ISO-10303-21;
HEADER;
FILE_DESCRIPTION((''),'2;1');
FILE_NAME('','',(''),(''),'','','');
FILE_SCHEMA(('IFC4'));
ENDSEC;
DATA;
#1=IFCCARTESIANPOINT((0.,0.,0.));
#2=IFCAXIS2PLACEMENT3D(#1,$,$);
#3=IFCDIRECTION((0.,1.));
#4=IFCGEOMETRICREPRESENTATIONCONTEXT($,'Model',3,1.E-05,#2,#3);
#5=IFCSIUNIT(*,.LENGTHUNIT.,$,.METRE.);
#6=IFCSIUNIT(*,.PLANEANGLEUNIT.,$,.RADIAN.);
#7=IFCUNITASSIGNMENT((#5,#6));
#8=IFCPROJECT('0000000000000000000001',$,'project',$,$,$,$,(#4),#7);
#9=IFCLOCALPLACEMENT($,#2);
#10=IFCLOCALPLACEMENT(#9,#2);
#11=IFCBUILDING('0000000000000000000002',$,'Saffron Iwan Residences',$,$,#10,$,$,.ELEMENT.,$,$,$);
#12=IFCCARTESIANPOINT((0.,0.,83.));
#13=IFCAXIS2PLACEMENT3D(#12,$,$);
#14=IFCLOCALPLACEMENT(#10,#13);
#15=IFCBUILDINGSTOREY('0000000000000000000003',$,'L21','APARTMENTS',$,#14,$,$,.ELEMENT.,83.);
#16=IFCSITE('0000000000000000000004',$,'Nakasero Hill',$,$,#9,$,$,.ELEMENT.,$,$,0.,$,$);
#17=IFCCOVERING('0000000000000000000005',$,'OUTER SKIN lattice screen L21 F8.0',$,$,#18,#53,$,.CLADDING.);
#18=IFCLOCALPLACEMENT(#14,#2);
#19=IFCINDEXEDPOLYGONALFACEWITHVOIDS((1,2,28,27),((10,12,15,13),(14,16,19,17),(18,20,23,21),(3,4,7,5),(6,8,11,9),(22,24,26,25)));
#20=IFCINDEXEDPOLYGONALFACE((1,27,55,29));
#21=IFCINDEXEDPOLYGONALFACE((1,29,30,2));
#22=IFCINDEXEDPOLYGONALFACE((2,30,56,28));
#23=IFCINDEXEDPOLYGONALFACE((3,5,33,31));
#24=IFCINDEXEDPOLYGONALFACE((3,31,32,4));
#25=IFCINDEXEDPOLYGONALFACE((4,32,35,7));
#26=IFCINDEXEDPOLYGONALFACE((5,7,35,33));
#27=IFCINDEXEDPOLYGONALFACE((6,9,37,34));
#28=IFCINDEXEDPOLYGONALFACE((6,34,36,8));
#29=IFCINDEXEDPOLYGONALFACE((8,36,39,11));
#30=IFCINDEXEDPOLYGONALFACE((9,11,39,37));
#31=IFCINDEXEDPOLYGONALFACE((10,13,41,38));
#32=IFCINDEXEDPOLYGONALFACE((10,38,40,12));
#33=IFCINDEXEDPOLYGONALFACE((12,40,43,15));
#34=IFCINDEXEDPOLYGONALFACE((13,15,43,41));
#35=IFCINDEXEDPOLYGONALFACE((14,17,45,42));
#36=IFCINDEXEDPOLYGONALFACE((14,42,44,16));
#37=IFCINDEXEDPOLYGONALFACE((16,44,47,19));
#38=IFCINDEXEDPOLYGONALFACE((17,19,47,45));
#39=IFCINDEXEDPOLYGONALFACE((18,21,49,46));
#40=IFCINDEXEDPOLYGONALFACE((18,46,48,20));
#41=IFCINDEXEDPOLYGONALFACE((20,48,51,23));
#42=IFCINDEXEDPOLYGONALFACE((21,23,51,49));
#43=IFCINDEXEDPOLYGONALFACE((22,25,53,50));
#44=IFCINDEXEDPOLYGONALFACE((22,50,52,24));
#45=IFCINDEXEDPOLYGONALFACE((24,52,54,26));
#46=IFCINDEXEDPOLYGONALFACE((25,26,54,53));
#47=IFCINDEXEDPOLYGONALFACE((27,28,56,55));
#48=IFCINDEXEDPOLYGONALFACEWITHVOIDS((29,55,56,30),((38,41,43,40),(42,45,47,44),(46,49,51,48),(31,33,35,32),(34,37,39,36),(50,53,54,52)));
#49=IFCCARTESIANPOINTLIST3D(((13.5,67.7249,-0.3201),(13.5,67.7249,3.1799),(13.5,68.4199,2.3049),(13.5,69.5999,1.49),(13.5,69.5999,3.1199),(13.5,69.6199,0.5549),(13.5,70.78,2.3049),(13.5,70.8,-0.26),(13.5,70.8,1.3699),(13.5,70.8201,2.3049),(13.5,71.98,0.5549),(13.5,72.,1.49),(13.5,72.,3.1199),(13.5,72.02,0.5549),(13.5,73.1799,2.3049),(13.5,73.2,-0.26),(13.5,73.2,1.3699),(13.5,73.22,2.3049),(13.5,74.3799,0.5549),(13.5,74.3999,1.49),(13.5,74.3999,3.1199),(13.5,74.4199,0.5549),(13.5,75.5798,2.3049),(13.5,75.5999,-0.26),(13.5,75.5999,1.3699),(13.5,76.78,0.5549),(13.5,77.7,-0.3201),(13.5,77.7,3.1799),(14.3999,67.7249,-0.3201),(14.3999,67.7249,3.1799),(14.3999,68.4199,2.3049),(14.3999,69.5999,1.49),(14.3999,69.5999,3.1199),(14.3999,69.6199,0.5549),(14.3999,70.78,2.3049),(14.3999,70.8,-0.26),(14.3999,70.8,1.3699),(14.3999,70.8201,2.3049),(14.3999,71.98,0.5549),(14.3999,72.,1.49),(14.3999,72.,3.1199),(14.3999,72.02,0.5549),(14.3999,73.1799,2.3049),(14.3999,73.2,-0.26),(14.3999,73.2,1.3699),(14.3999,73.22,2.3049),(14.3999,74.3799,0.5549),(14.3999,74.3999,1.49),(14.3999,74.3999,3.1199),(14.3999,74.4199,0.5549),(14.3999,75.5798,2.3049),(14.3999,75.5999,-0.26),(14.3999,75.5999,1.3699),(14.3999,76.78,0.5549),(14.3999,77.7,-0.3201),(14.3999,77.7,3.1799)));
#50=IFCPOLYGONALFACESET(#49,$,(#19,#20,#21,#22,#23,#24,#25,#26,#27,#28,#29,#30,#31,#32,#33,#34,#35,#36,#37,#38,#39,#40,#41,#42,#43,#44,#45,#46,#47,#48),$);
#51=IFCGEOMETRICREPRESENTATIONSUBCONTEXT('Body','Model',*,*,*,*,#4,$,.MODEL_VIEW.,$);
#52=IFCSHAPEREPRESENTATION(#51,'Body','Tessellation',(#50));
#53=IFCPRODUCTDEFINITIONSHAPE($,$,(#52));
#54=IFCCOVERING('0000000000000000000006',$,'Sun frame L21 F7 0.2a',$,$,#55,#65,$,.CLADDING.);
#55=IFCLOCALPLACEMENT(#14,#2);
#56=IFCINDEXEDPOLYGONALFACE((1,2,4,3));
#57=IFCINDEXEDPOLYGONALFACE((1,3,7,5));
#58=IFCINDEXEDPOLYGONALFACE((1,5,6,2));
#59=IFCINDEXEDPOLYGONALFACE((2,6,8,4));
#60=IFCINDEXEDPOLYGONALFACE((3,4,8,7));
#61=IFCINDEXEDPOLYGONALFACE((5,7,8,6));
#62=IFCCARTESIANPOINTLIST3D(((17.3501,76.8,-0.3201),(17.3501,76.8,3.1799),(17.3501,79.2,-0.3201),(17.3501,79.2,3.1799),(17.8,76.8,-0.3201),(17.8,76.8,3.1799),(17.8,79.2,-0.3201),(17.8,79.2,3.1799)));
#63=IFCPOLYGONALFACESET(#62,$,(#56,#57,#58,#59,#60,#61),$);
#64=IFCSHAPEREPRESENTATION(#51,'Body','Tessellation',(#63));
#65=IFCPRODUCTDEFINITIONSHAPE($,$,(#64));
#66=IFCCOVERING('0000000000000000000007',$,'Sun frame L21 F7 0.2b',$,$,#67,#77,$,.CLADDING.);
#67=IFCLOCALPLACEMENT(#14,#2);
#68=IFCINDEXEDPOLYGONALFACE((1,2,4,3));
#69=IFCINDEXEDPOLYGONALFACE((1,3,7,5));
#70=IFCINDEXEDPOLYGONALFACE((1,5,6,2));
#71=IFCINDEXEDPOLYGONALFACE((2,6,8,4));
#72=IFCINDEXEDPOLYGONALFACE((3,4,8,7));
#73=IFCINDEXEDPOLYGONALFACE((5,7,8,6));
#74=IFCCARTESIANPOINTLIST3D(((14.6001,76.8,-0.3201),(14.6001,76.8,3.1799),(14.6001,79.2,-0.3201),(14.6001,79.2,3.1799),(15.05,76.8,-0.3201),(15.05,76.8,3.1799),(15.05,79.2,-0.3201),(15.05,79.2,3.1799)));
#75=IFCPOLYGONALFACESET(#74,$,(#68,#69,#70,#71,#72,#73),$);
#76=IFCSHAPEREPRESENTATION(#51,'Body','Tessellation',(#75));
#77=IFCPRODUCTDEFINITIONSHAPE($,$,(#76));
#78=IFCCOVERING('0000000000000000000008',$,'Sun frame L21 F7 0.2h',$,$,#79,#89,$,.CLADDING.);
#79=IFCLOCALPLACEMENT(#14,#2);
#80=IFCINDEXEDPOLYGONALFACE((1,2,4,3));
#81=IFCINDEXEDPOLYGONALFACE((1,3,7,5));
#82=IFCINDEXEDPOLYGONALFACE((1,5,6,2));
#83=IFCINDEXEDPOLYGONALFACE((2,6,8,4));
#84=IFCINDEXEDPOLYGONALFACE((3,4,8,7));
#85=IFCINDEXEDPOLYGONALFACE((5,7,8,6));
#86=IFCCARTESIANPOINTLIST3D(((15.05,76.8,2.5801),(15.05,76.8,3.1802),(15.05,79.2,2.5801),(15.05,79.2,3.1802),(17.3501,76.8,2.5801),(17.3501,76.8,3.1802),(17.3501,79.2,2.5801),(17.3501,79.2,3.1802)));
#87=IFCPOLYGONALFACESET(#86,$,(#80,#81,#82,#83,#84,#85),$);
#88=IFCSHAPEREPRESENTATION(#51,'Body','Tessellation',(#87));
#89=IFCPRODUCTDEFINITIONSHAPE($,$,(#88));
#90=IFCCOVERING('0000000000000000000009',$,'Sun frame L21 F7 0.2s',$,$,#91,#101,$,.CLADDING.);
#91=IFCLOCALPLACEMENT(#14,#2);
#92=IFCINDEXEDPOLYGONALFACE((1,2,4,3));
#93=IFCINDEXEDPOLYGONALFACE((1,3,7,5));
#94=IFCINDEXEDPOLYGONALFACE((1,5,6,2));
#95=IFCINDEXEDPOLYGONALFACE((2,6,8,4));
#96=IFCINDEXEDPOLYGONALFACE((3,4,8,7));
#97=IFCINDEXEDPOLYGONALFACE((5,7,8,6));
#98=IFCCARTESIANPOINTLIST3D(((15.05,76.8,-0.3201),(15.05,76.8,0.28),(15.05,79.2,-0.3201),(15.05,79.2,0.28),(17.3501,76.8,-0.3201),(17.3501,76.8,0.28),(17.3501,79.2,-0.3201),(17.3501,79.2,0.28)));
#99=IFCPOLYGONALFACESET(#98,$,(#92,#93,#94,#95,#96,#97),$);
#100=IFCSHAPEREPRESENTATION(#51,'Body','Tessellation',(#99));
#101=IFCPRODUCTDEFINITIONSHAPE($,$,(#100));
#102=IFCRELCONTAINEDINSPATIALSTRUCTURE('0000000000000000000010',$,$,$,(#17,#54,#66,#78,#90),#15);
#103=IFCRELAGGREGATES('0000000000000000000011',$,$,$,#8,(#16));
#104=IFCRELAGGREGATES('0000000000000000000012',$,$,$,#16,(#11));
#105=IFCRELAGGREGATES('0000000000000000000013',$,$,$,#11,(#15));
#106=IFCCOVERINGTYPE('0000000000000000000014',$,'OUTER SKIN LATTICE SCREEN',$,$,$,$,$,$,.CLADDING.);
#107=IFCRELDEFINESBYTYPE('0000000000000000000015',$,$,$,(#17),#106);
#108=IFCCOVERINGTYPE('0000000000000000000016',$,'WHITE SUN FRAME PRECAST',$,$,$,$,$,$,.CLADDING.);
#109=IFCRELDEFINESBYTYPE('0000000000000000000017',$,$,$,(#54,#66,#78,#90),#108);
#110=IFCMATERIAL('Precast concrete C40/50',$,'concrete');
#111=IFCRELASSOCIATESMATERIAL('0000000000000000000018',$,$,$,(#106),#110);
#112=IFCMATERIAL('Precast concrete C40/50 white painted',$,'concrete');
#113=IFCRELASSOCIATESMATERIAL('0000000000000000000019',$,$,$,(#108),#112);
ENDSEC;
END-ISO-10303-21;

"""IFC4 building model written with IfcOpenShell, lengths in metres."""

from ifc_helpers import new_model, si_unit, direction, frame, origin, place, context, subcontext, project, spatial, polyline, outline, extrude, material, type_object, element, save


model = new_model("IFC4")

# Units and contexts
model_context = context("Model", 3, precision=1e-05, world=origin(), true_north=direction((0.0, 1.0)))
body_context = subcontext(model_context, "Body", "Model", "MODEL_VIEW")
ifc_project = project(units=[si_unit("LENGTHUNIT", "METRE"), si_unit("PLANEANGLEUNIT", "RADIAN")], contexts=[model_context])

# Site, building, storey
site_placement = place(None, origin())
site = spatial("IfcSite", under=ifc_project, at=site_placement, Name="Nakasero Hill", CompositionType="ELEMENT", RefElevation=0.0)
building_placement = place(site_placement, origin())
building = spatial("IfcBuilding", under=site, at=building_placement, Name="Saffron Iwan Residences", CompositionType="ELEMENT")
storey_placement = place(building_placement, frame((0.0, 0.0, 83.0)))
storey = spatial("IfcBuildingStorey", under=building, at=storey_placement, Name="L21", Description="APARTMENTS", CompositionType="ELEMENT", Elevation=83.0)

# Coverings
ifc_material_1 = material(Name="Precast concrete C40/50", Category="concrete")
covering_type_1 = type_object("IfcCoveringType", Name="OUTER SKIN LATTICE SCREEN", PredefinedType="CLADDING", material=ifc_material_1)
covering_1_placement = place(storey_placement, frame((14.3999, 77.7, -0.3201), z_axis=(-1.0, 0.0, 0.0), x_axis=(0.0, -1.0, 0.0)))
element("IfcCovering", 1, at=covering_1_placement, inside=storey, type_object=covering_type_1, Name="OUTER SKIN lattice screen L21 F8.0", PredefinedType="CLADDING", context=body_context, shape_type="SweptSolid", body=[
    extrude(outline(polyline([(0.0, 0.0), (9.9751, 0.0), (9.9751, 3.5), (0.0, 3.5), (0.0, 0.0)]), holes=[polyline([(0.9199, 0.875), (2.1001, 0.0601), (3.28, 0.875), (2.1001, 1.6899), (0.9199, 0.875)]), polyline([(3.3201, 0.875), (4.5, 0.0601), (5.6799, 0.875), (4.5, 1.6899), (3.3201, 0.875)]), polyline([(5.72, 0.875), (6.8999, 0.0601), (8.0801, 0.875), (6.8999, 1.6899), (5.72, 0.875)]), polyline([(2.1201, 2.625), (3.3, 1.8101), (4.48, 2.625), (3.3, 3.4399), (2.1201, 2.625)]), polyline([(4.52, 2.625), (5.7, 1.8101), (6.8799, 2.625), (5.7, 3.4399), (4.52, 2.625)]), polyline([(6.9199, 2.625), (8.1001, 1.8101), (9.28, 2.625), (8.1001, 3.4399), (6.9199, 2.625)])]), origin(), (0.0, 0.0, 1.0), 0.8999),
])
ifc_material_2 = material(Name="Precast concrete C40/50 white painted", Category="concrete")
covering_type_2 = type_object("IfcCoveringType", Name="WHITE SUN FRAME PRECAST", PredefinedType="CLADDING", material=ifc_material_2)
for number, where, z_axis, x_axis, name in (
    (2, (17.8, 76.8, -0.3201), (0.0, 1.0, 0.0), (-1.0, 0.0, 0.0), "Sun frame L21 F7 0.2a"),
    (3, (15.05, 76.8, -0.3201), (0.0, 1.0, 0.0), (-1.0, 0.0, 0.0), "Sun frame L21 F7 0.2b"),
):
    element("IfcCovering", number, at=place(storey_placement, frame(where, z_axis=z_axis, x_axis=x_axis)), inside=storey, type_object=covering_type_2, Name=name, PredefinedType="CLADDING", context=body_context, shape_type="SweptSolid", body=[
        extrude(outline(polyline([(0.0, 0.0), (0.45, 0.0), (0.45, 3.5), (0.0, 3.5), (0.0, 0.0)])), origin(), (0.0, 0.0, 1.0), 2.3999),
    ])
for number, where, z_axis, x_axis, name in (
    (4, (17.3501, 76.8, 2.5801), (0.0, 1.0, 0.0), (-1.0, 0.0, 0.0), "Sun frame L21 F7 0.2h"),
    (5, (17.3501, 76.8, -0.3201), (0.0, 1.0, 0.0), (-1.0, 0.0, 0.0), "Sun frame L21 F7 0.2s"),
):
    element("IfcCovering", number, at=place(storey_placement, frame(where, z_axis=z_axis, x_axis=x_axis)), inside=storey, type_object=covering_type_2, Name=name, PredefinedType="CLADDING", context=body_context, shape_type="SweptSolid", body=[
        extrude(outline(polyline([(0.0, 0.0), (2.3, 0.0), (2.3, 0.6001), (0.0, 0.6001), (0.0, 0.0)])), origin(), (0.0, 0.0, 1.0), 2.3999),
    ])

save(model, "model.ifc")
